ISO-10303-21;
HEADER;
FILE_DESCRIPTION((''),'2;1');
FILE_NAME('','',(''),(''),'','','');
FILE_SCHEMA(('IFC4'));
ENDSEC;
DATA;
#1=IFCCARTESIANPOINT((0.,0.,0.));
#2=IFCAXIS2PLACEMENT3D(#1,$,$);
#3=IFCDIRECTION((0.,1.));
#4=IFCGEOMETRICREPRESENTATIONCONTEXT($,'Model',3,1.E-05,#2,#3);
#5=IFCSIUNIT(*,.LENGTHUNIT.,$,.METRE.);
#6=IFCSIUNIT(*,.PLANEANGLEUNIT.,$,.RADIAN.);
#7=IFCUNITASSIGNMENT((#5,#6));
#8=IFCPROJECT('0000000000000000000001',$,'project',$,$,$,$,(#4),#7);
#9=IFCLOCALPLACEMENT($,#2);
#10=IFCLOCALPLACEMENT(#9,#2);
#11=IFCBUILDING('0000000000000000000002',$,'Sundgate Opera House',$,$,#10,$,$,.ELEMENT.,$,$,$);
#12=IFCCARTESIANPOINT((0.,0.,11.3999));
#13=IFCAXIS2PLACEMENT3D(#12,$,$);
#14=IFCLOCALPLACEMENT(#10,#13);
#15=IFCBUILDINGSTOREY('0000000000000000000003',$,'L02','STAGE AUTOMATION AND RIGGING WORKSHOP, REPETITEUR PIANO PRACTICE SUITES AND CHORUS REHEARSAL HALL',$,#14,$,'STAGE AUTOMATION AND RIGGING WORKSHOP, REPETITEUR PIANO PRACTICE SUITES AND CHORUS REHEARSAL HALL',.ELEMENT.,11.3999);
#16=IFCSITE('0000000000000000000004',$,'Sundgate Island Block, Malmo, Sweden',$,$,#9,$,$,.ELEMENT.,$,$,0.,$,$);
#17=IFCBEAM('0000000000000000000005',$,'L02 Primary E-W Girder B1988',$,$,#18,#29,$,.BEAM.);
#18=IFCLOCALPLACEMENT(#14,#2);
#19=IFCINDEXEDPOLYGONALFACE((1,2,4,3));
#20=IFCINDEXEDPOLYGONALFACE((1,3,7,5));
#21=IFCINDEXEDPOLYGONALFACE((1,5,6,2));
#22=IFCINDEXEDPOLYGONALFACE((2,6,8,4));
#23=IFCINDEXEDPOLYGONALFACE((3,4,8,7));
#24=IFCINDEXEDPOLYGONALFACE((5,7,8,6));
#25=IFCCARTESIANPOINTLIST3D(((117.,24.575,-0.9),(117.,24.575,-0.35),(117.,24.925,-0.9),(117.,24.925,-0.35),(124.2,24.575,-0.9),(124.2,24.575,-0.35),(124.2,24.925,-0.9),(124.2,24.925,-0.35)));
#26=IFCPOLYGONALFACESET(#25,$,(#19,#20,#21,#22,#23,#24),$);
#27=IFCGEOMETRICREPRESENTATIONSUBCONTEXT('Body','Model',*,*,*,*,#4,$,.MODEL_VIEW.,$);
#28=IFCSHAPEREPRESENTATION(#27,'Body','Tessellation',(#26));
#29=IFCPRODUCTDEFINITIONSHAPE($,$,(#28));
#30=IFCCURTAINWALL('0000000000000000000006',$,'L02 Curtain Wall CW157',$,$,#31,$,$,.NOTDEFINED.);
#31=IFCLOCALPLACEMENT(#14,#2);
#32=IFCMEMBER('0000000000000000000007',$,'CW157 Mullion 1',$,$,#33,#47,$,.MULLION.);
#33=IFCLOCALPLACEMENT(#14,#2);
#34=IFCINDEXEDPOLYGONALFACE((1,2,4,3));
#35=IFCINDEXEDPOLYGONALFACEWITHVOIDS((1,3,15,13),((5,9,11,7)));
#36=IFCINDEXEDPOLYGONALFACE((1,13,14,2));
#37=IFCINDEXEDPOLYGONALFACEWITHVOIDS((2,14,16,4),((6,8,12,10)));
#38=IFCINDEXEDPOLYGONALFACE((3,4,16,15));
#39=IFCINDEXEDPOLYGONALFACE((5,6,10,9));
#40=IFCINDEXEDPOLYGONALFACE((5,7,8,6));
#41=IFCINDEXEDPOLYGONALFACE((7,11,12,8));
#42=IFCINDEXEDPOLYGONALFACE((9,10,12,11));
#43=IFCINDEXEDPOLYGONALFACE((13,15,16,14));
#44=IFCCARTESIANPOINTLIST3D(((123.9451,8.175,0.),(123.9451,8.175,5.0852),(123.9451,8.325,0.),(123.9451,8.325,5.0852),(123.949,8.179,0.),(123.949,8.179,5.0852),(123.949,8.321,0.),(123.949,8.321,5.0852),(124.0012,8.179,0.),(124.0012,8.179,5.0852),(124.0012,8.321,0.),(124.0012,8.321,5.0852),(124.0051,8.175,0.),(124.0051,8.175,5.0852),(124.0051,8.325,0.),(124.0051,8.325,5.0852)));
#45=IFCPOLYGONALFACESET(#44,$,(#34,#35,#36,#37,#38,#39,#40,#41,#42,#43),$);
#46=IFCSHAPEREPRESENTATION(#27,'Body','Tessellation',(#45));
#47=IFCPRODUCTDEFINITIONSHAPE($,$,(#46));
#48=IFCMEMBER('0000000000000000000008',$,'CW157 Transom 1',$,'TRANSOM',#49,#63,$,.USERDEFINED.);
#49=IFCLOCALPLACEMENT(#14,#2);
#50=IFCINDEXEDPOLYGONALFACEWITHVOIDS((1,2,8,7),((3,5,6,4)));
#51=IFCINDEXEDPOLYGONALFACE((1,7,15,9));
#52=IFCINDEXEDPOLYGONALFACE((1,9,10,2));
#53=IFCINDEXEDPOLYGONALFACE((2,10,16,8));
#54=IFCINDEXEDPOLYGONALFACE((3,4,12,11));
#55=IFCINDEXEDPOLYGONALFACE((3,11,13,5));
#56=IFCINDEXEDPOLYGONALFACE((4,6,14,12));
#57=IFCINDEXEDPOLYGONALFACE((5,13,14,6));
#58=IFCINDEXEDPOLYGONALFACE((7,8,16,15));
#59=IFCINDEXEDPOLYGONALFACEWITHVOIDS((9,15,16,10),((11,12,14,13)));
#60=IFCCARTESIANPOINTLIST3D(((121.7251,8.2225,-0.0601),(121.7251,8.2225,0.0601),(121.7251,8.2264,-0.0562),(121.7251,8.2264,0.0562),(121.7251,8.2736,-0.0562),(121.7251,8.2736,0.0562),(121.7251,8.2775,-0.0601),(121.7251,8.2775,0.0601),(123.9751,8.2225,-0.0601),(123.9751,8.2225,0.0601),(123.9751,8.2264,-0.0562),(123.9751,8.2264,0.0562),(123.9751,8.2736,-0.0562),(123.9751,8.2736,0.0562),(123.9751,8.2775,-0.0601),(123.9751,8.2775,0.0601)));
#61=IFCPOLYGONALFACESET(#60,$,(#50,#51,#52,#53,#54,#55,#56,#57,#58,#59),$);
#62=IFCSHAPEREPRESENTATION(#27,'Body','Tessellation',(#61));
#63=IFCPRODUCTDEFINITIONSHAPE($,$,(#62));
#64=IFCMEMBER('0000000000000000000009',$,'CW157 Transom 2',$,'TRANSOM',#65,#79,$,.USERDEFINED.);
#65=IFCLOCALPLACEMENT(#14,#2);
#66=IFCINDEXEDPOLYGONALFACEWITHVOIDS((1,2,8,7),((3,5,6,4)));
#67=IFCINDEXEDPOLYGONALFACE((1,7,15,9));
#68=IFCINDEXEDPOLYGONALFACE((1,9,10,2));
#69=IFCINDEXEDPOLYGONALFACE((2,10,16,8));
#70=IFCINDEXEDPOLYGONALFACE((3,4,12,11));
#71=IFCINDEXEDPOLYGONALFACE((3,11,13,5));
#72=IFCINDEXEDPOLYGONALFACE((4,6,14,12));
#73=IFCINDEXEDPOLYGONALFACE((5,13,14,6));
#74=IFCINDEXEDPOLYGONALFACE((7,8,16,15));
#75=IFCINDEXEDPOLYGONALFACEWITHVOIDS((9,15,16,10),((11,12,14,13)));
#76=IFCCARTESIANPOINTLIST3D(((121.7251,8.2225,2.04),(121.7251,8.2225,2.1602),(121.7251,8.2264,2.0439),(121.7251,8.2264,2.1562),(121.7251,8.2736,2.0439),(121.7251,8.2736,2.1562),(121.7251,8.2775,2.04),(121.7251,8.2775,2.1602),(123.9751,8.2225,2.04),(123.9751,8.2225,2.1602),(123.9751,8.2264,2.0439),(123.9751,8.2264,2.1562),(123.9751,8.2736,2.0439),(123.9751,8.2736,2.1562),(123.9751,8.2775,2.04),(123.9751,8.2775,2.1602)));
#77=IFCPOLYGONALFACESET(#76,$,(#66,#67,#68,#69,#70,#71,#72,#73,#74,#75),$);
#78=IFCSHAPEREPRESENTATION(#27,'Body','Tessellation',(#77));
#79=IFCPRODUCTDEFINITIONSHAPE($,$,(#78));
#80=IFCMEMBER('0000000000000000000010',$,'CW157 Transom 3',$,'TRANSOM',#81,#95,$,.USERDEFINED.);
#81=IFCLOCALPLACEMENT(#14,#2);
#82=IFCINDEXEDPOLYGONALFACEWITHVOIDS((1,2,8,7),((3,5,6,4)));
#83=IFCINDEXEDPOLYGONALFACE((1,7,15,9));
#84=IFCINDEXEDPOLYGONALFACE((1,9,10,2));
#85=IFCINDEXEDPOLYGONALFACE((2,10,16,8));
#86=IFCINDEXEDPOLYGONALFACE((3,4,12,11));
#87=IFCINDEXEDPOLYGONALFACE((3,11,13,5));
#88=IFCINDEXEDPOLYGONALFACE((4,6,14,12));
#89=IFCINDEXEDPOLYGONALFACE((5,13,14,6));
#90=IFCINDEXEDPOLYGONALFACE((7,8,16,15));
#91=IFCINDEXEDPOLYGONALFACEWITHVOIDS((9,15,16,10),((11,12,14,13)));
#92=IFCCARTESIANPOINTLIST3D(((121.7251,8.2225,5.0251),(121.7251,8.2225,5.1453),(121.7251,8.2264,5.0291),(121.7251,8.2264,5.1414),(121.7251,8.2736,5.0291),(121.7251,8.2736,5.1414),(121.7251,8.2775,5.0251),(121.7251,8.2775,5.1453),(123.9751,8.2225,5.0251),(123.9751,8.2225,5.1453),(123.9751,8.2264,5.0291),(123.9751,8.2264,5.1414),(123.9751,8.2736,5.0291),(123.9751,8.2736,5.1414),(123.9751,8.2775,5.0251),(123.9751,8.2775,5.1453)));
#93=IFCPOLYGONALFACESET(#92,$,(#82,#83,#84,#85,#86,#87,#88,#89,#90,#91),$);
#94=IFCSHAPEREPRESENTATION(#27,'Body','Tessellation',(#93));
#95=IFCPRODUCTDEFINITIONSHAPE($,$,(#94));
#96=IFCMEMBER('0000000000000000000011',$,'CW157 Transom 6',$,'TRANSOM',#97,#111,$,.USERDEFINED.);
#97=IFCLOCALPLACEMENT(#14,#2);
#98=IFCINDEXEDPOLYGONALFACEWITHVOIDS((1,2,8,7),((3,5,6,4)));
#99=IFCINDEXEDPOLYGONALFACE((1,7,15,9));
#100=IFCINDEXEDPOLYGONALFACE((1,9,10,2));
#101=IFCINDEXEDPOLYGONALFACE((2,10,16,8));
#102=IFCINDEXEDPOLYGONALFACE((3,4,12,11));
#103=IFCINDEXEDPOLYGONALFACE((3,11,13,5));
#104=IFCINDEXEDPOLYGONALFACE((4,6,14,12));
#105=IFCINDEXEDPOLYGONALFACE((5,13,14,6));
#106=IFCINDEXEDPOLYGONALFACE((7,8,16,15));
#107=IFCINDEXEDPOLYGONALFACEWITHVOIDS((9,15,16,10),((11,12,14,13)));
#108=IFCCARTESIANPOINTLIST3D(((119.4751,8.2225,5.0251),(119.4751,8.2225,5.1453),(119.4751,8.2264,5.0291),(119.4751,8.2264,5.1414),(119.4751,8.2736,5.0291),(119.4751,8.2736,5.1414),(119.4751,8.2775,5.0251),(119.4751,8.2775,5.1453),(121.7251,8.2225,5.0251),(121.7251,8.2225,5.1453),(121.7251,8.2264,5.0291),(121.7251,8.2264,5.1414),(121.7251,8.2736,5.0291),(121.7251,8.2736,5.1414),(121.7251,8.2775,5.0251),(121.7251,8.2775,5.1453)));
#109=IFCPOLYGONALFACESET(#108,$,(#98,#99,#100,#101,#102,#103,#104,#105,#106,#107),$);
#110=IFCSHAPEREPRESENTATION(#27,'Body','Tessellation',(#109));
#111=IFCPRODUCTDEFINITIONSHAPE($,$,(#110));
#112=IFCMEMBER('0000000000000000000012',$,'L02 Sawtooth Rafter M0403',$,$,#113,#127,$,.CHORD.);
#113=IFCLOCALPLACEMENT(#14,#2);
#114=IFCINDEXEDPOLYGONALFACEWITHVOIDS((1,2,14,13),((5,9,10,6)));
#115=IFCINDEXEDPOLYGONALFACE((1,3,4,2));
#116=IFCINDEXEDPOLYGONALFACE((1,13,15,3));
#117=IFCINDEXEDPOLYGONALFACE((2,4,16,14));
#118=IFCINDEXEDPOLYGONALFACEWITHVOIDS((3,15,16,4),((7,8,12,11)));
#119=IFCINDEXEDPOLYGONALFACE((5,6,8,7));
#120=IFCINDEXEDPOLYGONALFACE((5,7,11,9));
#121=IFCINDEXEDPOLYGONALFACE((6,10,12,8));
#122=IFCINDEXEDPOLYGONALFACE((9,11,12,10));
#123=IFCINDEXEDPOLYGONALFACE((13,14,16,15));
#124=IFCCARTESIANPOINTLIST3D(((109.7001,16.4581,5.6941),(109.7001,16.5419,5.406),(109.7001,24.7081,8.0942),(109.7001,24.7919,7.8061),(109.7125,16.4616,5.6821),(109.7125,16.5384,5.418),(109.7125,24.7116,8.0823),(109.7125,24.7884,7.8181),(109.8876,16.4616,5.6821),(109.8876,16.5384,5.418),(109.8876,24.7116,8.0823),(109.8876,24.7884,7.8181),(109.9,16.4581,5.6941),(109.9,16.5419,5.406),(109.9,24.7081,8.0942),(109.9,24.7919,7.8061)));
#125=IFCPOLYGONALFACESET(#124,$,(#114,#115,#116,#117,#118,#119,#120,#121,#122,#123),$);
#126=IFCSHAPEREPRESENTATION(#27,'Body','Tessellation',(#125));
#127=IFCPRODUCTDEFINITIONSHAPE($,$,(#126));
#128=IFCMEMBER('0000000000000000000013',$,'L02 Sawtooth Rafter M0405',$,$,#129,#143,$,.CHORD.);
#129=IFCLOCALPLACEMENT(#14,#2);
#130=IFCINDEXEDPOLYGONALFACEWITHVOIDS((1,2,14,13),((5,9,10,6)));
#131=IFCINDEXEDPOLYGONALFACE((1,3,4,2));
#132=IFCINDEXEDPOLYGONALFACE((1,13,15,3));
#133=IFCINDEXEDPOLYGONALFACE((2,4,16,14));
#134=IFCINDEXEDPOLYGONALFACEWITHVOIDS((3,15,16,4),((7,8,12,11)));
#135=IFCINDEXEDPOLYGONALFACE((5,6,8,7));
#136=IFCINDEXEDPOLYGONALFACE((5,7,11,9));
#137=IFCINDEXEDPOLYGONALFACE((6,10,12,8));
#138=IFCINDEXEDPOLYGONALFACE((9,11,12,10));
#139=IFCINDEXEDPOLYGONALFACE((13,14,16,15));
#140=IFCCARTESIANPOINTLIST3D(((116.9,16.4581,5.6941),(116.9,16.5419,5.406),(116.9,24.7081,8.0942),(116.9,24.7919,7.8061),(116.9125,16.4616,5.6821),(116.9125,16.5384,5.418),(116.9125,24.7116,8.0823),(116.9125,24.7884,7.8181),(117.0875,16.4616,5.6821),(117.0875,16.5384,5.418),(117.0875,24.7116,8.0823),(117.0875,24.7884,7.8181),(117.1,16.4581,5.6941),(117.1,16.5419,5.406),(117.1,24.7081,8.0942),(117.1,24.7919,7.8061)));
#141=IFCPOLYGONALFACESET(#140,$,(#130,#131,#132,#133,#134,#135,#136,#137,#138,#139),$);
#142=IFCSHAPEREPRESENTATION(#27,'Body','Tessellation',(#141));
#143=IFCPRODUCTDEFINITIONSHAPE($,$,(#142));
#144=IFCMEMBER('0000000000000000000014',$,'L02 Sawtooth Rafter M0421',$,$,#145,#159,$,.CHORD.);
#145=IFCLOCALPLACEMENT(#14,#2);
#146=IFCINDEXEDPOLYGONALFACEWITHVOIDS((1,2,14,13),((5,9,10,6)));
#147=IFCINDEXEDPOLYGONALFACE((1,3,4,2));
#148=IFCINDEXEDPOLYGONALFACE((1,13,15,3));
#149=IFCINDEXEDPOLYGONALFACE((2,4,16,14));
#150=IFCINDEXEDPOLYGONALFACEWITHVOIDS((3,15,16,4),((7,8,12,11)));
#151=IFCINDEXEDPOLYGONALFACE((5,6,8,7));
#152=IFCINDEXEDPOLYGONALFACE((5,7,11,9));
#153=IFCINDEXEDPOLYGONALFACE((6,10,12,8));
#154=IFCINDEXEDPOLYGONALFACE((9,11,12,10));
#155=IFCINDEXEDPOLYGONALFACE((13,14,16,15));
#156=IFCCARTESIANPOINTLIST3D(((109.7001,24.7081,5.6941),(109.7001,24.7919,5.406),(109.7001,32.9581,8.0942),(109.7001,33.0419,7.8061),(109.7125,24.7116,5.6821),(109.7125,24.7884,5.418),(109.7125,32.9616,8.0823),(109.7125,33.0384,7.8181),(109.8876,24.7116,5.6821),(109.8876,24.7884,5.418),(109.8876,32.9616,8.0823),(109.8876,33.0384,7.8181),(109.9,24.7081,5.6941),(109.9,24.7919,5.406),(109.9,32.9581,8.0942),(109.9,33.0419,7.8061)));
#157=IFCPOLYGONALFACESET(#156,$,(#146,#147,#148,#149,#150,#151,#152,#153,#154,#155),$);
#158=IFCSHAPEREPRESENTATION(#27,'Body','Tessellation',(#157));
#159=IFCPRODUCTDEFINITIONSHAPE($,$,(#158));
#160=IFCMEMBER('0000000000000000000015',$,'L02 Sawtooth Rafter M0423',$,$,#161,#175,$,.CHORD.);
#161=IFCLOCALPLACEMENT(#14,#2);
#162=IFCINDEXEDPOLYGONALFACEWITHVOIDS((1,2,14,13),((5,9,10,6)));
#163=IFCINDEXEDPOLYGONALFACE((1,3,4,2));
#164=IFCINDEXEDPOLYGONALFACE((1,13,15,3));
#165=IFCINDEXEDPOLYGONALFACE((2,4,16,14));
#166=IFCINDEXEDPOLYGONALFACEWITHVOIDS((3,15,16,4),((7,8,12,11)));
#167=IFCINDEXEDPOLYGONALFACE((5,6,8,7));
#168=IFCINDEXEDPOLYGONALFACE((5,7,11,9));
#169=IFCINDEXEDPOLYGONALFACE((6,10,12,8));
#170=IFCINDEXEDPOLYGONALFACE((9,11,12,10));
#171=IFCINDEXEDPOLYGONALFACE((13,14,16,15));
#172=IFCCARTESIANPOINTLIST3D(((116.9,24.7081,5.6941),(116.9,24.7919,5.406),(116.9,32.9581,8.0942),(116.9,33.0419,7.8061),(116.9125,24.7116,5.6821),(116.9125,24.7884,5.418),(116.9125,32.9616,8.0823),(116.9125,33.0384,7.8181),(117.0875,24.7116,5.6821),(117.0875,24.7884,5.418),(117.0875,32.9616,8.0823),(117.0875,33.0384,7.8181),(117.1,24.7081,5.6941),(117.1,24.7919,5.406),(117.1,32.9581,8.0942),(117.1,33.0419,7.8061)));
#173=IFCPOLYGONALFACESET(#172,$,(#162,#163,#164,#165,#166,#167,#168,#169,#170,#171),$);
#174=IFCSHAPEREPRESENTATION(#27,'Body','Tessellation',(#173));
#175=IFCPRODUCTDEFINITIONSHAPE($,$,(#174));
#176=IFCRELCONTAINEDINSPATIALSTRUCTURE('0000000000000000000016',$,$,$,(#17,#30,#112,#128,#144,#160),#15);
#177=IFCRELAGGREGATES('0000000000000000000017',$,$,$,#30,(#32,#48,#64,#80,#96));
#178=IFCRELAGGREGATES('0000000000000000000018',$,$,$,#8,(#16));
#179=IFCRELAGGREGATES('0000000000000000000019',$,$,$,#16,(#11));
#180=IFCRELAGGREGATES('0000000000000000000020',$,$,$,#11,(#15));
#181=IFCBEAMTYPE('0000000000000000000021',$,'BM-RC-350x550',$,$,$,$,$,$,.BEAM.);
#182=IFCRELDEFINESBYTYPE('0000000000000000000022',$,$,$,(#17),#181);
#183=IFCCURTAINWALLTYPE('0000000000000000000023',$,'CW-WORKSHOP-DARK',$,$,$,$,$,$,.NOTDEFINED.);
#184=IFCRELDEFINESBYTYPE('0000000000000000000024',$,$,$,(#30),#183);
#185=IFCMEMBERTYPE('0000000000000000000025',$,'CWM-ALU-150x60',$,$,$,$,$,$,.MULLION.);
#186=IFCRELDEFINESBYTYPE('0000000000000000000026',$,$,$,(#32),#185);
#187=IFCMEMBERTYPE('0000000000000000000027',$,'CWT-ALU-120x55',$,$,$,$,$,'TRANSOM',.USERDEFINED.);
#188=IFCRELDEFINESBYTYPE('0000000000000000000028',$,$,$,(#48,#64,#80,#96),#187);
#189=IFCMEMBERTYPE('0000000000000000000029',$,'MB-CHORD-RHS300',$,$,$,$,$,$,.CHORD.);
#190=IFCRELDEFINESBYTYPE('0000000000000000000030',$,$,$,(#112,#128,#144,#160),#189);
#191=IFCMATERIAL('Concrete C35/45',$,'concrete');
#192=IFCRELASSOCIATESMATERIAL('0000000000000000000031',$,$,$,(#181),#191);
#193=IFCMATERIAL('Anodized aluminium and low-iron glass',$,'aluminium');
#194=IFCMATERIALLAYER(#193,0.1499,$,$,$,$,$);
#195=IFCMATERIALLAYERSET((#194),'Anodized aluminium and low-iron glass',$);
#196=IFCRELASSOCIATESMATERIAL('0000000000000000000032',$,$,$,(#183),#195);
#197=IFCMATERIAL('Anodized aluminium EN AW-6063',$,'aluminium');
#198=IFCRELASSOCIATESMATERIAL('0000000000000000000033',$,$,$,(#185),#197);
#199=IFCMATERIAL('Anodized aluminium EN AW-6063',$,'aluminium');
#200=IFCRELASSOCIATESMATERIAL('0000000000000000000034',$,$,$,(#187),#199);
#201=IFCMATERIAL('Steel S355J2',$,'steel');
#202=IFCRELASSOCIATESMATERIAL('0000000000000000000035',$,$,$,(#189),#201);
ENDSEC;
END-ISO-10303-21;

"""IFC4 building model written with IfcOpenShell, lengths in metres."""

from ifc_helpers import new_model, si_unit, direction, frame, origin, origin_2d, place, context, subcontext, project, spatial, rectangle, hollow_rectangle, extrude, material, layer, layer_set, material_profile, profile_set, type_object, element, aggregate, save


model = new_model("IFC4")

# Units and contexts
model_context = context("Model", 3, precision=1e-05, world=origin(), true_north=direction((0.0, 1.0)))
body_context = subcontext(model_context, "Body", "Model", "MODEL_VIEW")
ifc_project = project(units=[si_unit("LENGTHUNIT", "METRE"), si_unit("PLANEANGLEUNIT", "RADIAN")], contexts=[model_context])

# Site, building, storey
site_placement = place(None, origin())
site = spatial("IfcSite", under=ifc_project, at=site_placement, Name="Sundgate Island Block, Malmo, Sweden", CompositionType="ELEMENT", RefElevation=0.0)
building_placement = place(site_placement, origin())
building = spatial("IfcBuilding", under=site, at=building_placement, Name="Sundgate Opera House", CompositionType="ELEMENT")
storey_placement = place(building_placement, frame((0.0, 0.0, 11.3999)))
storey = spatial("IfcBuildingStorey", under=building, at=storey_placement, Name="L02", Description="STAGE AUTOMATION AND RIGGING WORKSHOP, REPETITEUR PIANO PRACTICE SUITES AND CHORUS REHEARSAL HALL", LongName="STAGE AUTOMATION AND RIGGING WORKSHOP, REPETITEUR PIANO PRACTICE SUITES AND CHORUS REHEARSAL HALL", CompositionType="ELEMENT", Elevation=11.3999)

# Beam
ifc_material_1 = material(Name="Concrete C35/45", Category="concrete")
ifc_material_profile_1 = material_profile(ifc_material_1, rectangle(XDim=0.3501, YDim=0.55, at=origin_2d()), Name="RC 350x550")
ifc_profile_set_1 = profile_set([ifc_material_profile_1], Name="Concrete C35/45")
beam_type_1 = type_object("IfcBeamType", Name="BM-RC-350x550", PredefinedType="BEAM", material=ifc_profile_set_1)
beam_1_placement = place(storey_placement, frame((117.0, 24.75, -0.625), z_axis=(1.0, 0.0, 0.0), x_axis=(0.0, 1.0, 0.0)))
element("IfcBeam", 1, at=beam_1_placement, inside=storey, type_object=beam_type_1, Name="L02 Primary E-W Girder B1988", PredefinedType="BEAM", context=body_context, shape_type="SweptSolid", body=[
    extrude(rectangle(XDim=0.3501, YDim=0.55, at=origin_2d()), origin(), (0.0, 0.0, 1.0), 7.2),
])

# Curtain wall, members
ifc_material_2 = material(Name="Anodized aluminium and low-iron glass", Category="aluminium")
ifc_layer_1 = layer(ifc_material_2, 0.1499)
ifc_layer_set_1 = layer_set([ifc_layer_1], Name="Anodized aluminium and low-iron glass")
curtain_wall_type = type_object("IfcCurtainWallType", Name="CW-WORKSHOP-DARK", PredefinedType="NOTDEFINED", material=ifc_layer_set_1)
curtain_wall_placement = place(storey_placement, origin())
curtain_wall = element("IfcCurtainWall", 2, at=curtain_wall_placement, inside=storey, type_object=curtain_wall_type, Name="L02 Curtain Wall CW157", PredefinedType="NOTDEFINED")
ifc_material_3 = material(Name="Anodized aluminium EN AW-6063", Category="aluminium")
ifc_material_profile_2 = material_profile(ifc_material_3, hollow_rectangle(XDim=0.0601, YDim=0.1499, WallThickness=0.0039, at=origin_2d()), Name="CWM 150x60x4")
ifc_profile_set_2 = profile_set([ifc_material_profile_2], Name="Anodized aluminium EN AW-6063")
member_type_1 = type_object("IfcMemberType", Name="CWM-ALU-150x60", PredefinedType="MULLION", material=ifc_profile_set_2)
member_1_placement = place(storey_placement, frame((123.9751, 8.25, 0.0), z_axis=(0.0, 0.0, 1.0), x_axis=(1.0, 0.0, 0.0)))
member_1 = element("IfcMember", 3, at=member_1_placement, type_object=member_type_1, Name="CW157 Mullion 1", PredefinedType="MULLION", context=body_context, shape_type="SweptSolid", body=[
    extrude(hollow_rectangle(XDim=0.0601, YDim=0.1499, WallThickness=0.0039, at=origin_2d()), origin(), (0.0, 0.0, 1.0), 5.0852),
])
ifc_material_4 = material(Name="Anodized aluminium EN AW-6063", Category="aluminium")
ifc_material_profile_3 = material_profile(ifc_material_4, hollow_rectangle(XDim=0.0549, YDim=0.1201, WallThickness=0.0039, at=origin_2d()), Name="CWT 120x55x4")
ifc_profile_set_3 = profile_set([ifc_material_profile_3], Name="Anodized aluminium EN AW-6063")
member_type_2 = type_object("IfcMemberType", Name="CWT-ALU-120x55", ElementType="TRANSOM", PredefinedType="USERDEFINED", material=ifc_profile_set_3)
member_2_placement = place(storey_placement, frame((123.9751, 8.25, 0.0), z_axis=(-1.0, 0.0, 0.0), x_axis=(0.0, -1.0, 0.0)))
member_2 = element("IfcMember", 4, at=member_2_placement, type_object=member_type_2, Name="CW157 Transom 1", ObjectType="TRANSOM", PredefinedType="USERDEFINED", context=body_context, shape_type="SweptSolid", body=[
    extrude(hollow_rectangle(XDim=0.0549, YDim=0.1201, WallThickness=0.0039, at=origin_2d()), origin(), (0.0, 0.0, 1.0), 2.25),
])
member_3_placement = place(storey_placement, frame((123.9751, 8.25, 2.1001), z_axis=(-1.0, 0.0, 0.0), x_axis=(0.0, -1.0, 0.0)))
member_3 = element("IfcMember", 5, at=member_3_placement, type_object=member_type_2, Name="CW157 Transom 2", ObjectType="TRANSOM", PredefinedType="USERDEFINED", context=body_context, shape_type="SweptSolid", body=[
    extrude(hollow_rectangle(XDim=0.0549, YDim=0.1201, WallThickness=0.0039, at=origin_2d()), origin(), (0.0, 0.0, 1.0), 2.25),
])
member_4_placement = place(storey_placement, frame((123.9751, 8.25, 5.0852), z_axis=(-1.0, 0.0, 0.0), x_axis=(0.0, -1.0, 0.0)))
member_4 = element("IfcMember", 6, at=member_4_placement, type_object=member_type_2, Name="CW157 Transom 3", ObjectType="TRANSOM", PredefinedType="USERDEFINED", context=body_context, shape_type="SweptSolid", body=[
    extrude(hollow_rectangle(XDim=0.0549, YDim=0.1201, WallThickness=0.0039, at=origin_2d()), origin(), (0.0, 0.0, 1.0), 2.25),
])
member_5_placement = place(storey_placement, frame((121.7251, 8.25, 5.0852), z_axis=(-1.0, 0.0, 0.0), x_axis=(0.0, -1.0, 0.0)))
member_5 = element("IfcMember", 7, at=member_5_placement, type_object=member_type_2, Name="CW157 Transom 6", ObjectType="TRANSOM", PredefinedType="USERDEFINED", context=body_context, shape_type="SweptSolid", body=[
    extrude(hollow_rectangle(XDim=0.0549, YDim=0.1201, WallThickness=0.0039, at=origin_2d()), origin(), (0.0, 0.0, 1.0), 2.25),
])

# Members
ifc_material_5 = material(Name="Steel S355J2", Category="steel")
ifc_material_profile_4 = material_profile(ifc_material_5, hollow_rectangle(XDim=0.2, YDim=0.3, WallThickness=0.0125, at=origin_2d()), Name="RHS 300x200x12.5")
ifc_profile_set_4 = profile_set([ifc_material_profile_4], Name="Steel S355J2")
member_type_3 = type_object("IfcMemberType", Name="MB-CHORD-RHS300", PredefinedType="CHORD", material=ifc_profile_set_4)
for number, where, z_axis, x_axis, name in (
    (8, (109.8, 16.5, 5.55), (0.0, 0.960191, 0.279345), (-1.0, 0.0, 0.0), "L02 Sawtooth Rafter M0403"),
    (9, (117.0, 16.5, 5.55), (0.0, 0.960191, 0.279345), (-1.0, 0.0, 0.0), "L02 Sawtooth Rafter M0405"),
    (10, (109.8, 24.75, 5.55), (0.0, 0.960191, 0.279345), (-1.0, 0.0, 0.0), "L02 Sawtooth Rafter M0421"),
    (11, (117.0, 24.75, 5.55), (0.0, 0.960191, 0.279345), (-1.0, 0.0, 0.0), "L02 Sawtooth Rafter M0423"),
):
    element("IfcMember", number, at=place(storey_placement, frame(where, z_axis=z_axis, x_axis=x_axis)), inside=storey, type_object=member_type_3, Name=name, PredefinedType="CHORD", context=body_context, shape_type="SweptSolid", body=[
        extrude(hollow_rectangle(XDim=0.2, YDim=0.3, WallThickness=0.0125, at=origin_2d()), origin(), (0.0, 0.0, 1.0), 8.592),
    ])

aggregate(curtain_wall, [member_1, member_2, member_3, member_4, member_5])

save(model, "model.ifc")
